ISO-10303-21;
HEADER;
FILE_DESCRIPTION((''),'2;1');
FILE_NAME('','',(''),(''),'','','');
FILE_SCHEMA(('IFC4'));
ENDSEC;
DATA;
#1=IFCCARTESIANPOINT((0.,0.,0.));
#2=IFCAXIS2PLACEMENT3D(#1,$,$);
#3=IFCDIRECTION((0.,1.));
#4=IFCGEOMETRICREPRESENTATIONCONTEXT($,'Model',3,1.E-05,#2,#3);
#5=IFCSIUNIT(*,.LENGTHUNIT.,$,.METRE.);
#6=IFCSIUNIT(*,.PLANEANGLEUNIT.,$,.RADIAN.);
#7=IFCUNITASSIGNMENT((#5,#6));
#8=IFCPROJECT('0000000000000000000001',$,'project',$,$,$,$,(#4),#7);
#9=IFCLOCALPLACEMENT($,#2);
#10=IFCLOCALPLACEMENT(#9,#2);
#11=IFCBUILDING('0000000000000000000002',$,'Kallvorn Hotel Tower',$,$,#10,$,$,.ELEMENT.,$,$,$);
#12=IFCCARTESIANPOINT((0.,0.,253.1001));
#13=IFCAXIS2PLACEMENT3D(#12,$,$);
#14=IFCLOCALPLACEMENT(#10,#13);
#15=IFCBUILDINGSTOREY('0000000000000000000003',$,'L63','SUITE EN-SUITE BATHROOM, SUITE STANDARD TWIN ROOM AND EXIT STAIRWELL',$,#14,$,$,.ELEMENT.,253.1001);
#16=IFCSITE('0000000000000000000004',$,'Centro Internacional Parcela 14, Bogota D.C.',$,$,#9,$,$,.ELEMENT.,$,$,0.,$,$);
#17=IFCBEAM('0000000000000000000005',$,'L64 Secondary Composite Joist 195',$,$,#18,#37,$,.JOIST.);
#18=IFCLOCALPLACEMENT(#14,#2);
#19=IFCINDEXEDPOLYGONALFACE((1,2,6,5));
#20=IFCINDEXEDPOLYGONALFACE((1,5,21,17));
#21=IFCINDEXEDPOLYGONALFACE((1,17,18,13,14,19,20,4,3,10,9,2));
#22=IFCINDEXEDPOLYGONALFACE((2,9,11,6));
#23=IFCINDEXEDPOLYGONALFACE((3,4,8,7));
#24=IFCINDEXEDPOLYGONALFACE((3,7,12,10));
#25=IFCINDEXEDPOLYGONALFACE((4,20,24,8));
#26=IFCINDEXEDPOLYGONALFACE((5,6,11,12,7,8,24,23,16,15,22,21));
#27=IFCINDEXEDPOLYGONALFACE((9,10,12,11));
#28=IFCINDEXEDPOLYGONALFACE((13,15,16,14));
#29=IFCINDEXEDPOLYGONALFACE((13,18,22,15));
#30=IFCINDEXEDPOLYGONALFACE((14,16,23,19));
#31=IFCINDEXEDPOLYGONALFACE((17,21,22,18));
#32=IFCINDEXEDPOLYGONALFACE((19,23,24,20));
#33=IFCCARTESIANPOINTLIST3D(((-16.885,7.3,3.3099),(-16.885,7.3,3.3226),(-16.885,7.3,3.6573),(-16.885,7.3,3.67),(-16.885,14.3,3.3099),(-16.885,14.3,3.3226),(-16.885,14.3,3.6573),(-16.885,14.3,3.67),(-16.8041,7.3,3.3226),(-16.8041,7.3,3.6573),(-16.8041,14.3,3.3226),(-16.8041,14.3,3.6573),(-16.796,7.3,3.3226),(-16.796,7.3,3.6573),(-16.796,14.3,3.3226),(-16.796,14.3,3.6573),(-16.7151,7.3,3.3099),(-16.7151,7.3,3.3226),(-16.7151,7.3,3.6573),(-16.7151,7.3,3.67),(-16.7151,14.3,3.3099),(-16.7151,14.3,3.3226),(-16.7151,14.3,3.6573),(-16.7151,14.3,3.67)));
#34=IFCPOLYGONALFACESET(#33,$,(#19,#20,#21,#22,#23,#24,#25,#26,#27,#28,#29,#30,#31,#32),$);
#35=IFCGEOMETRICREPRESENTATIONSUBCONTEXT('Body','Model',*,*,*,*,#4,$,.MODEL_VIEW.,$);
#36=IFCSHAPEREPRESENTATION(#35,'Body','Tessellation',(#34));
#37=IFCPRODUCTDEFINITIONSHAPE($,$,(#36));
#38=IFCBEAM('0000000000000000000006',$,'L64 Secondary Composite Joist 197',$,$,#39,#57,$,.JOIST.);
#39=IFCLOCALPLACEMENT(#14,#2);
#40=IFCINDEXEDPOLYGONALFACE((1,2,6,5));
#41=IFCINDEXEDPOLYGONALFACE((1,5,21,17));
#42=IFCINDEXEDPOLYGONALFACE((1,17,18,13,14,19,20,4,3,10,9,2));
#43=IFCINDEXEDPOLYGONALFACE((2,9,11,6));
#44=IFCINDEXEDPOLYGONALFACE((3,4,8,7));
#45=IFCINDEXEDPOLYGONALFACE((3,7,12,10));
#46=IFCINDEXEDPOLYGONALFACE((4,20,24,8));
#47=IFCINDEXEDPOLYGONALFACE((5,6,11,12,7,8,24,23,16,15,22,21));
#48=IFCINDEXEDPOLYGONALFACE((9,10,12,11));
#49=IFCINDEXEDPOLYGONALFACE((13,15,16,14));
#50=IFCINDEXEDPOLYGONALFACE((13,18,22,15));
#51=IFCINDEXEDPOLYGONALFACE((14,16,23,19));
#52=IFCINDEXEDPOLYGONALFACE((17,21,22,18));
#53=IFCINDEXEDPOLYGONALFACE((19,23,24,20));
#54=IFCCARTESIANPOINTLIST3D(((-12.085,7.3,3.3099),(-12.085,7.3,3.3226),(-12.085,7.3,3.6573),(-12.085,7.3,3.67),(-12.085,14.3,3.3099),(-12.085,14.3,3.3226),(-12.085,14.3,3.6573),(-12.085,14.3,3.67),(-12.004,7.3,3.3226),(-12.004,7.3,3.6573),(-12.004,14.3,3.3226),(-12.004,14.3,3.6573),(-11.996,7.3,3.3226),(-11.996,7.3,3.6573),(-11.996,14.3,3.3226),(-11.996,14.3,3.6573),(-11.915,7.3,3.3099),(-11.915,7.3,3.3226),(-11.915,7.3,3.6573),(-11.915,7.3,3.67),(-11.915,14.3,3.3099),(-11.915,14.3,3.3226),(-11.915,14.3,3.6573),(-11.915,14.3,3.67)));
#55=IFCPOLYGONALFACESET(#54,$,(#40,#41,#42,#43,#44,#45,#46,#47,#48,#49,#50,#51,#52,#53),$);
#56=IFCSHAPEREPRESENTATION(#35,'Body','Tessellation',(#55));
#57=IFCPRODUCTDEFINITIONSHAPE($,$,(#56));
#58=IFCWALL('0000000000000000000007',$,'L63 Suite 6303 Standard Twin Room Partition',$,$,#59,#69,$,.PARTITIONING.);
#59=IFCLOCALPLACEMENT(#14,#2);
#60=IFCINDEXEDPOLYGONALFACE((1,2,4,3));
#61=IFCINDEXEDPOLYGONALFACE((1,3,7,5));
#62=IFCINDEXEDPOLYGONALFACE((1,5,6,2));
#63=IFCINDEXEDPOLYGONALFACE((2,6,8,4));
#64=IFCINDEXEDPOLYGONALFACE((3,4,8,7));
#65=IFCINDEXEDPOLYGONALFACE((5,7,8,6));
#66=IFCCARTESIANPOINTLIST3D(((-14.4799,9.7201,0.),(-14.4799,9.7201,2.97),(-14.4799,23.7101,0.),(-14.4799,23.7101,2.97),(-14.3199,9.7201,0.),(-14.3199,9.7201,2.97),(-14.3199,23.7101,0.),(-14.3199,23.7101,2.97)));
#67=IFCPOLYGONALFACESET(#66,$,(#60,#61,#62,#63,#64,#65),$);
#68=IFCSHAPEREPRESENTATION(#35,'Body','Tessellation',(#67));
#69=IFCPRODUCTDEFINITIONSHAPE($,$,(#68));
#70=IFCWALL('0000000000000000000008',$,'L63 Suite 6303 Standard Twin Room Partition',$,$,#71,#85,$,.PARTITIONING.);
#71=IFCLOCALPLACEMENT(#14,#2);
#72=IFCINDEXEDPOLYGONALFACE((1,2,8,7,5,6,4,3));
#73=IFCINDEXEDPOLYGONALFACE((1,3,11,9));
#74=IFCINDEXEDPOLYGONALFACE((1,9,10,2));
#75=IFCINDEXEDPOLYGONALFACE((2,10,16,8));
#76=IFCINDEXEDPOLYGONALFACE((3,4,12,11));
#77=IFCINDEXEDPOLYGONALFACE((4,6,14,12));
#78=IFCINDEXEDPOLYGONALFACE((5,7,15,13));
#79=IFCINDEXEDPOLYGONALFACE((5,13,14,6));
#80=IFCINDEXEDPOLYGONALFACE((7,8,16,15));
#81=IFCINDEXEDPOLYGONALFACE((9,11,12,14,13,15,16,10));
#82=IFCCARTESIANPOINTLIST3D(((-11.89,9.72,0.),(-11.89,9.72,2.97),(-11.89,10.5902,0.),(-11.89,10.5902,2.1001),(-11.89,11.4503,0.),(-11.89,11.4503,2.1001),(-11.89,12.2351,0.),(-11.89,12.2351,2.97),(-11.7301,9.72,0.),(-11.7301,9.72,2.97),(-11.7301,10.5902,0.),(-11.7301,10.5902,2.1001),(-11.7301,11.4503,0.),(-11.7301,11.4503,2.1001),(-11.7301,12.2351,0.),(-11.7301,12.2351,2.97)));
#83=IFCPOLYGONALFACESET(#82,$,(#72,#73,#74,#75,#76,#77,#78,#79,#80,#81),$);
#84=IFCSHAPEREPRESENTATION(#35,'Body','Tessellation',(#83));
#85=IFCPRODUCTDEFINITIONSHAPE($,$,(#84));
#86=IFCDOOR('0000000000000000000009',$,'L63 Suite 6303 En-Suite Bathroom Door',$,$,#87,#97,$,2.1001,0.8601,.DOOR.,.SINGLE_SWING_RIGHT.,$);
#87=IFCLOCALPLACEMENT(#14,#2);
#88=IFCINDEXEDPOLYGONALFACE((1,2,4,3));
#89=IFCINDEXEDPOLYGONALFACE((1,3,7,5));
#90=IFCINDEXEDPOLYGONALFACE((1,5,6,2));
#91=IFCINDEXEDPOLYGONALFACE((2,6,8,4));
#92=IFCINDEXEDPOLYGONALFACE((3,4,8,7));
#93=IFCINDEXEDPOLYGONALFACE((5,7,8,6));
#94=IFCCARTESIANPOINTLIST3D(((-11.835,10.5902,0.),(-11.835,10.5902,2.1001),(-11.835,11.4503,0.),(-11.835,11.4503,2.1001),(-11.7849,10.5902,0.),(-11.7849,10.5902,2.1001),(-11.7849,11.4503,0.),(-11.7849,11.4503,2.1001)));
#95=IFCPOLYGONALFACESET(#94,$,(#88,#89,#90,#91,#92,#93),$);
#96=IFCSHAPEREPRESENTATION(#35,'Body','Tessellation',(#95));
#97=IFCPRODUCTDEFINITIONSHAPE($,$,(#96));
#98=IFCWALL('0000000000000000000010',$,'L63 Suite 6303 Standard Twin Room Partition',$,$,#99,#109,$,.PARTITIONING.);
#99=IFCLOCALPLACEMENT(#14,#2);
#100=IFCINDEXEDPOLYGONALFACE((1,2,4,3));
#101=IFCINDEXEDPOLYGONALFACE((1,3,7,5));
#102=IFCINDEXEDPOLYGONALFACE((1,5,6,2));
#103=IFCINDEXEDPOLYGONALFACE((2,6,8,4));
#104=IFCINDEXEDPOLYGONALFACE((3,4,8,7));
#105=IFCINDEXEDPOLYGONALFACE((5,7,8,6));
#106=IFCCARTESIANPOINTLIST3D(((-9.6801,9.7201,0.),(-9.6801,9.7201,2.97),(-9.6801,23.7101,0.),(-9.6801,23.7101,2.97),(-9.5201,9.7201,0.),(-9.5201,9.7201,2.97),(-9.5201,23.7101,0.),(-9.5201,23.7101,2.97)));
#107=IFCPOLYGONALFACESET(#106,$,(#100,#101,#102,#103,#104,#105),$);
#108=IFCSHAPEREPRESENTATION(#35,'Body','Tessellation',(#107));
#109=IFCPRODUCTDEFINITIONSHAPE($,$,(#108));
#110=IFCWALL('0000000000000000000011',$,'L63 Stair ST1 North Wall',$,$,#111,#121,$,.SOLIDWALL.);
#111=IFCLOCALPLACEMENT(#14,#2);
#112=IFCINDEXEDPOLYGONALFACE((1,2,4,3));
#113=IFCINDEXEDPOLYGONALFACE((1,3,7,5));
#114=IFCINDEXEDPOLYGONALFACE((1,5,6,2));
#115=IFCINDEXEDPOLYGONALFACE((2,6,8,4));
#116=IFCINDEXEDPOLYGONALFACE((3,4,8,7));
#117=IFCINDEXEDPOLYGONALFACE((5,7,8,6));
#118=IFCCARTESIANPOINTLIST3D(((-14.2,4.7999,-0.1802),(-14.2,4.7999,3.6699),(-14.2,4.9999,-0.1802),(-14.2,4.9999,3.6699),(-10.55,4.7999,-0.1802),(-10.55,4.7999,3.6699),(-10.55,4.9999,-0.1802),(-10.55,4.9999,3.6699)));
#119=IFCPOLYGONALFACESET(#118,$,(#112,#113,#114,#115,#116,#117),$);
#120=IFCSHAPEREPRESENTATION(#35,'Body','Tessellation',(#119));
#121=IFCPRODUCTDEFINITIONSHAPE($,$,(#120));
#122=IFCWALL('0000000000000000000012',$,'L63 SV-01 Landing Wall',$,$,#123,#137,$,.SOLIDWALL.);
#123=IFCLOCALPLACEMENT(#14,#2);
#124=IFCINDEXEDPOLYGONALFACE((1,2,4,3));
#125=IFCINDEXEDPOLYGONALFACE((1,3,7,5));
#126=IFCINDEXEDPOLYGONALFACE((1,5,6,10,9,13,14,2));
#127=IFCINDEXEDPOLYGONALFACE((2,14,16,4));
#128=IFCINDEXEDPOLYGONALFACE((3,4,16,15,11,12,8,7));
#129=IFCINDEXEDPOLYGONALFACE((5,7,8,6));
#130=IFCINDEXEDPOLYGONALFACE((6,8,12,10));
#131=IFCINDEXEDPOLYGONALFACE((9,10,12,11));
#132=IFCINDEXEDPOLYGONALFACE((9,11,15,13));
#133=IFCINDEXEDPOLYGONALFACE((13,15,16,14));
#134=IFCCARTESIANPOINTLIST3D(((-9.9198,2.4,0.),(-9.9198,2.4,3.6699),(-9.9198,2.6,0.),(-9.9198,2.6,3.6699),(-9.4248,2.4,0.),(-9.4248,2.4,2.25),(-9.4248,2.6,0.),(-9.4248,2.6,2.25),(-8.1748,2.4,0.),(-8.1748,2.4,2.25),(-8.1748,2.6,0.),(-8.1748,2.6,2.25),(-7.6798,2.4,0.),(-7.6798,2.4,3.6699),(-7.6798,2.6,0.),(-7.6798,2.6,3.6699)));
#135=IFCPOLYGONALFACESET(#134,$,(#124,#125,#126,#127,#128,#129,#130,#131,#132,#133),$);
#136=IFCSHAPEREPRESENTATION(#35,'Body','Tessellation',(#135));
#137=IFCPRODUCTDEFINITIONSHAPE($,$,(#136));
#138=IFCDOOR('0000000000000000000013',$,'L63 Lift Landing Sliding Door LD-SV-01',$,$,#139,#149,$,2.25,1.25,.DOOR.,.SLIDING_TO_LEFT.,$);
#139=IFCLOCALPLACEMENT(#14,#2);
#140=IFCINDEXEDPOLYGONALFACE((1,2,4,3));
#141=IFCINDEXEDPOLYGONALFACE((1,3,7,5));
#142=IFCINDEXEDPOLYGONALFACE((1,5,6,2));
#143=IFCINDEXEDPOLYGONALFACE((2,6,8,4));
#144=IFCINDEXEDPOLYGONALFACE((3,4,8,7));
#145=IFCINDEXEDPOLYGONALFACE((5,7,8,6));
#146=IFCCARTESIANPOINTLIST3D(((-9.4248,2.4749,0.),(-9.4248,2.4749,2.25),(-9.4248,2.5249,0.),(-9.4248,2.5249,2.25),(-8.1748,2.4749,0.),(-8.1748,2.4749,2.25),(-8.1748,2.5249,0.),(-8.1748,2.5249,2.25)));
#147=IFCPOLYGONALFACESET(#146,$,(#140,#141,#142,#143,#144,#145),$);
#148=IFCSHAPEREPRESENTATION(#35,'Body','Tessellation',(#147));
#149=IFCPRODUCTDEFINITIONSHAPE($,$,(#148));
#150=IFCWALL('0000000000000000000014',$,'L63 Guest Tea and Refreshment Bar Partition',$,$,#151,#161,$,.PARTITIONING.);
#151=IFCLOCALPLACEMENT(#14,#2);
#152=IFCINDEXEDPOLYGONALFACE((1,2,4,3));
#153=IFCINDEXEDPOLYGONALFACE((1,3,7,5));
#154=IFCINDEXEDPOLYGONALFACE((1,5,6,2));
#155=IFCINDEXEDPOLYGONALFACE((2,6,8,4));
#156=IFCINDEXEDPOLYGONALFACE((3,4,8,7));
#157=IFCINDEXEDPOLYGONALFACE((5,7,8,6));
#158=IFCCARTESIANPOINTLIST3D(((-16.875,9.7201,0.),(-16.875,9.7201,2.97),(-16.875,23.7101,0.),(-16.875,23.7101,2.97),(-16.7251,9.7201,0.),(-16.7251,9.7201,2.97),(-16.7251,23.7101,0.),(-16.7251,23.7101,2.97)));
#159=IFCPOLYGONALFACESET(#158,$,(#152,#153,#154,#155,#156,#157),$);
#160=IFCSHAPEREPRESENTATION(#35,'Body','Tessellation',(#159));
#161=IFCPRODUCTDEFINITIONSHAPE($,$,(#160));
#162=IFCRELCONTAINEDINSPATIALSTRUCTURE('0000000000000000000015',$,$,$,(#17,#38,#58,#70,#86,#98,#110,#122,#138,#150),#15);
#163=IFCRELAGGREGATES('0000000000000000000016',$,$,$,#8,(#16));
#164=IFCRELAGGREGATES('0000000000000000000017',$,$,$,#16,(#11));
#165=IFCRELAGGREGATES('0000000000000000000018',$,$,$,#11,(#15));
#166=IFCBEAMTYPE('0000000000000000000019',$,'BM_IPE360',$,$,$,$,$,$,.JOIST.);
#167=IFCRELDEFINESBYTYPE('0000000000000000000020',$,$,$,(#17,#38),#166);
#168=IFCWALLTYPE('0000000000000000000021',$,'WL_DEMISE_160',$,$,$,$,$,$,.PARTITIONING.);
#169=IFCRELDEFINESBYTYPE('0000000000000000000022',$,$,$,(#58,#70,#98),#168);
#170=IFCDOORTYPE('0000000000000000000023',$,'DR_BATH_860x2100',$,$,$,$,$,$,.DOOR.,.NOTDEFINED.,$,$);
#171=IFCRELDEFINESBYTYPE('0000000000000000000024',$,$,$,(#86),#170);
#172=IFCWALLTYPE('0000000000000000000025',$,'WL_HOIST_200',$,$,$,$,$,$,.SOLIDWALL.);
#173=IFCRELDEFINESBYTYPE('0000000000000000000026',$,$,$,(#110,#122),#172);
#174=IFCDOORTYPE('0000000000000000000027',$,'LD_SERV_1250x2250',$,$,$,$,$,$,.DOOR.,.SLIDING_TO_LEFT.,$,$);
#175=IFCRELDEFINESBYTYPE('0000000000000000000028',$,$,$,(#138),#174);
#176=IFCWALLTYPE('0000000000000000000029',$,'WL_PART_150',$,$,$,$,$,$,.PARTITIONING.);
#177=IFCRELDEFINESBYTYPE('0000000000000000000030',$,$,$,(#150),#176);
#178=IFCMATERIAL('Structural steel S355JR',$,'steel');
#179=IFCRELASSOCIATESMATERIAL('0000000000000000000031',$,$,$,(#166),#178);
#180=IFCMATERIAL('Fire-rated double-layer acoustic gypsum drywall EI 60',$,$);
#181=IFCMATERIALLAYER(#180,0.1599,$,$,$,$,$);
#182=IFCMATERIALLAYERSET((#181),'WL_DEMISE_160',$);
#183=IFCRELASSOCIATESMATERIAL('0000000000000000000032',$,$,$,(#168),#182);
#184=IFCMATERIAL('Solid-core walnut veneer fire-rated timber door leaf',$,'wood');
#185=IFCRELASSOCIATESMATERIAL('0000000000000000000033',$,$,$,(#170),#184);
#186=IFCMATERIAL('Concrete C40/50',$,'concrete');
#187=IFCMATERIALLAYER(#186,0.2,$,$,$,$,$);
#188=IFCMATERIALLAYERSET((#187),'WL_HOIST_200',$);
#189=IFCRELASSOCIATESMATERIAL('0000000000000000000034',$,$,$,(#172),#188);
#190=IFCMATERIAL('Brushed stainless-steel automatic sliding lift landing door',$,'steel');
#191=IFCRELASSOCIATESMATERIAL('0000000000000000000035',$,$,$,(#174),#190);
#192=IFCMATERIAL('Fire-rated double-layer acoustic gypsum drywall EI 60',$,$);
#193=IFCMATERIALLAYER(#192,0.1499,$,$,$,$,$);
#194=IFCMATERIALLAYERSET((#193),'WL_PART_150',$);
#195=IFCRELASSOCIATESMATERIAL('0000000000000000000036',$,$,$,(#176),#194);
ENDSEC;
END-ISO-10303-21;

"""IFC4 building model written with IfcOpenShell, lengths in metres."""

from ifc_helpers import new_model, si_unit, direction, frame, frame_2d, origin, origin_2d, place, context, subcontext, project, spatial, rectangle, i_section, extrude, material, layer, layer_set, material_profile, profile_set, type_object, element, fill, save


model = new_model("IFC4")

# Units and contexts
model_context = context("Model", 3, precision=1e-05, world=origin(), true_north=direction((0.0, 1.0)))
body_context = subcontext(model_context, "Body", "Model", "MODEL_VIEW")
ifc_project = project(units=[si_unit("LENGTHUNIT", "METRE"), si_unit("PLANEANGLEUNIT", "RADIAN")], contexts=[model_context])

# Site, building, storey
site_placement = place(None, origin())
site = spatial("IfcSite", under=ifc_project, at=site_placement, Name="Centro Internacional Parcela 14, Bogota D.C.", CompositionType="ELEMENT", RefElevation=0.0)
building_placement = place(site_placement, origin())
building = spatial("IfcBuilding", under=site, at=building_placement, Name="Kallvorn Hotel Tower", CompositionType="ELEMENT")
storey_placement = place(building_placement, frame((0.0, 0.0, 253.1001)))
storey = spatial("IfcBuildingStorey", under=building, at=storey_placement, Name="L63", Description="SUITE EN-SUITE BATHROOM, SUITE STANDARD TWIN ROOM AND EXIT STAIRWELL", CompositionType="ELEMENT", Elevation=253.1001)

# Beams
ifc_material_1 = material(Name="Structural steel S355JR", Category="steel")
ifc_material_profile_1 = material_profile(ifc_material_1, i_section(OverallWidth=0.1699, OverallDepth=0.3601, WebThickness=0.0081, FlangeThickness=0.0127, at=origin_2d()), Name="IPE 360")
ifc_profile_set_1 = profile_set([ifc_material_profile_1], Name="Structural steel S355JR")
beam_type_1 = type_object("IfcBeamType", Name="BM_IPE360", PredefinedType="JOIST", material=ifc_profile_set_1)
for number, where, z_axis, x_axis, name in (
    (1, (-16.8, 7.3, 3.49), (0.0, 1.0, 0.0), (-1.0, 0.0, 0.0), "L64 Secondary Composite Joist 195"),
    (2, (-12.0, 7.3, 3.49), (0.0, 1.0, 0.0), (-1.0, 0.0, 0.0), "L64 Secondary Composite Joist 197"),
):
    element("IfcBeam", number, at=place(storey_placement, frame(where, z_axis=z_axis, x_axis=x_axis)), inside=storey, type_object=beam_type_1, Name=name, PredefinedType="JOIST", context=body_context, shape_type="SweptSolid", body=[
        extrude(i_section(OverallWidth=0.1699, OverallDepth=0.3601, WebThickness=0.0081, FlangeThickness=0.0127, at=origin_2d()), origin(), (0.0, 0.0, 1.0), 7.0),
    ])

# Wall
ifc_material_2 = material(Name="Fire-rated double-layer acoustic gypsum drywall EI 60")
ifc_layer_1 = layer(ifc_material_2, 0.1599)
ifc_layer_set_1 = layer_set([ifc_layer_1], Name="WL_DEMISE_160")
wall_type_1 = type_object("IfcWallType", Name="WL_DEMISE_160", PredefinedType="PARTITIONING", material=ifc_layer_set_1)
wall_1_placement = place(storey_placement, frame((-14.3999, 9.72, 0.0), z_axis=(0.0, 0.0, 1.0), x_axis=(0.0, 1.0, 0.0)))
element("IfcWall", 3, at=wall_1_placement, inside=storey, type_object=wall_type_1, Name="L63 Suite 6303 Standard Twin Room Partition", PredefinedType="PARTITIONING", context=body_context, shape_type="SweptSolid", body=[
    extrude(rectangle(XDim=13.99, YDim=0.1599, at=frame_2d((6.9951, 0.0))), origin(), (0.0, 0.0, 1.0), 2.97),
])

# Wall, opening, door
wall_2_placement = place(storey_placement, frame((-11.8101, 9.72, 0.0), z_axis=(0.0, 0.0, 1.0), x_axis=(0.0, 1.0, 0.0)))
wall_2 = element("IfcWall", 4, at=wall_2_placement, inside=storey, type_object=wall_type_1, Name="L63 Suite 6303 Standard Twin Room Partition", PredefinedType="PARTITIONING", context=body_context, shape_type="SweptSolid", body=[
    extrude(rectangle(XDim=2.5151, YDim=0.1599, at=frame_2d((1.2576, 0.0))), origin(), (0.0, 0.0, 1.0), 2.97),
])
opening_1_placement = place(wall_2_placement, frame((0.8701, 0.0, 0.0)))
opening_1 = element("IfcOpeningElement", 5, at=opening_1_placement, cuts=wall_2, PredefinedType="OPENING", context=body_context, shape_type="SweptSolid", body=[
    extrude(rectangle(XDim=0.8601, YDim=2.1001, at=frame_2d((0.4302, 1.05))), frame((0.0, 0.095, 0.0), z_axis=(0.0, -1.0, 0.0), x_axis=(1.0, 0.0, 0.0)), (0.0, 0.0, 1.0), 0.1899),
])
ifc_material_3 = material(Name="Solid-core walnut veneer fire-rated timber door leaf", Category="wood")
door_type_1 = type_object("IfcDoorType", Name="DR_BATH_860x2100", OperationType="NOTDEFINED", PredefinedType="DOOR", material=ifc_material_3)
door_1_placement = place(opening_1_placement, origin())
door_1 = element("IfcDoor", 6, at=door_1_placement, inside=storey, type_object=door_type_1, Name="L63 Suite 6303 En-Suite Bathroom Door", OperationType="SINGLE_SWING_RIGHT", OverallHeight=2.1001, OverallWidth=0.8601, PredefinedType="DOOR", context=body_context, shape_type="SweptSolid", body=[
    extrude(rectangle(XDim=0.8601, YDim=2.1001, at=frame_2d((0.4302, 1.05))), frame((0.0, 0.0249, 0.0), z_axis=(0.0, -1.0, 0.0), x_axis=(1.0, 0.0, 0.0)), (0.0, 0.0, 1.0), 0.05),
])
fill(opening_1, door_1)

# Walls
wall_3_placement = place(storey_placement, frame((-9.6001, 9.72, 0.0), z_axis=(0.0, 0.0, 1.0), x_axis=(0.0, 1.0, 0.0)))
element("IfcWall", 7, at=wall_3_placement, inside=storey, type_object=wall_type_1, Name="L63 Suite 6303 Standard Twin Room Partition", PredefinedType="PARTITIONING", context=body_context, shape_type="SweptSolid", body=[
    extrude(rectangle(XDim=13.99, YDim=0.1599, at=frame_2d((6.9951, 0.0))), origin(), (0.0, 0.0, 1.0), 2.97),
])
ifc_material_4 = material(Name="Concrete C40/50", Category="concrete")
ifc_layer_2 = layer(ifc_material_4, 0.2)
ifc_layer_set_2 = layer_set([ifc_layer_2], Name="WL_HOIST_200")
wall_type_2 = type_object("IfcWallType", Name="WL_HOIST_200", PredefinedType="SOLIDWALL", material=ifc_layer_set_2)
wall_4_placement = place(storey_placement, frame((-14.2, 4.8999, -0.1802), z_axis=(0.0, 0.0, 1.0), x_axis=(1.0, 0.0, 0.0)))
element("IfcWall", 8, at=wall_4_placement, inside=storey, type_object=wall_type_2, Name="L63 Stair ST1 North Wall", PredefinedType="SOLIDWALL", context=body_context, shape_type="SweptSolid", body=[
    extrude(rectangle(XDim=3.6499, YDim=0.2, at=frame_2d((1.825, 0.0))), origin(), (0.0, 0.0, 1.0), 3.8501),
])

# Wall, opening, door
wall_5_placement = place(storey_placement, frame((-9.9199, 2.5, 0.0), z_axis=(0.0, 0.0, 1.0), x_axis=(1.0, 0.0, 0.0)))
wall_5 = element("IfcWall", 9, at=wall_5_placement, inside=storey, type_object=wall_type_2, Name="L63 SV-01 Landing Wall", PredefinedType="SOLIDWALL", context=body_context, shape_type="SweptSolid", body=[
    extrude(rectangle(XDim=2.24, YDim=0.2, at=frame_2d((1.1201, 0.0))), origin(), (0.0, 0.0, 1.0), 3.6699),
])
opening_2_placement = place(wall_5_placement, frame((0.4951, 0.0, 0.0)))
opening_2 = element("IfcOpeningElement", 10, at=opening_2_placement, cuts=wall_5, PredefinedType="OPENING", context=body_context, shape_type="SweptSolid", body=[
    extrude(rectangle(XDim=1.25, YDim=2.25, at=frame_2d((0.625, 1.125))), frame((0.0, 0.115, 0.0), z_axis=(0.0, -1.0, 0.0), x_axis=(1.0, 0.0, 0.0)), (0.0, 0.0, 1.0), 0.23),
])
ifc_material_5 = material(Name="Brushed stainless-steel automatic sliding lift landing door", Category="steel")
door_type_2 = type_object("IfcDoorType", Name="LD_SERV_1250x2250", OperationType="SLIDING_TO_LEFT", PredefinedType="DOOR", material=ifc_material_5)
door_2_placement = place(opening_2_placement, origin())
door_2 = element("IfcDoor", 11, at=door_2_placement, inside=storey, type_object=door_type_2, Name="L63 Lift Landing Sliding Door LD-SV-01", OperationType="SLIDING_TO_LEFT", OverallHeight=2.25, OverallWidth=1.25, PredefinedType="DOOR", context=body_context, shape_type="SweptSolid", body=[
    extrude(rectangle(XDim=1.25, YDim=2.25, at=frame_2d((0.625, 1.125))), frame((0.0, 0.0249, 0.0), z_axis=(0.0, -1.0, 0.0), x_axis=(1.0, 0.0, 0.0)), (0.0, 0.0, 1.0), 0.05),
])
fill(opening_2, door_2)

# Wall
ifc_material_6 = material(Name="Fire-rated double-layer acoustic gypsum drywall EI 60")
ifc_layer_3 = layer(ifc_material_6, 0.1499)
ifc_layer_set_3 = layer_set([ifc_layer_3], Name="WL_PART_150")
wall_type_3 = type_object("IfcWallType", Name="WL_PART_150", PredefinedType="PARTITIONING", material=ifc_layer_set_3)
wall_6_placement = place(storey_placement, frame((-16.8, 9.72, 0.0), z_axis=(0.0, 0.0, 1.0), x_axis=(0.0, 1.0, 0.0)))
element("IfcWall", 12, at=wall_6_placement, inside=storey, type_object=wall_type_3, Name="L63 Guest Tea and Refreshment Bar Partition", PredefinedType="PARTITIONING", context=body_context, shape_type="SweptSolid", body=[
    extrude(rectangle(XDim=13.99, YDim=0.1499, at=frame_2d((6.9951, 0.0))), origin(), (0.0, 0.0, 1.0), 2.97),
])

save(model, "model.ifc")
